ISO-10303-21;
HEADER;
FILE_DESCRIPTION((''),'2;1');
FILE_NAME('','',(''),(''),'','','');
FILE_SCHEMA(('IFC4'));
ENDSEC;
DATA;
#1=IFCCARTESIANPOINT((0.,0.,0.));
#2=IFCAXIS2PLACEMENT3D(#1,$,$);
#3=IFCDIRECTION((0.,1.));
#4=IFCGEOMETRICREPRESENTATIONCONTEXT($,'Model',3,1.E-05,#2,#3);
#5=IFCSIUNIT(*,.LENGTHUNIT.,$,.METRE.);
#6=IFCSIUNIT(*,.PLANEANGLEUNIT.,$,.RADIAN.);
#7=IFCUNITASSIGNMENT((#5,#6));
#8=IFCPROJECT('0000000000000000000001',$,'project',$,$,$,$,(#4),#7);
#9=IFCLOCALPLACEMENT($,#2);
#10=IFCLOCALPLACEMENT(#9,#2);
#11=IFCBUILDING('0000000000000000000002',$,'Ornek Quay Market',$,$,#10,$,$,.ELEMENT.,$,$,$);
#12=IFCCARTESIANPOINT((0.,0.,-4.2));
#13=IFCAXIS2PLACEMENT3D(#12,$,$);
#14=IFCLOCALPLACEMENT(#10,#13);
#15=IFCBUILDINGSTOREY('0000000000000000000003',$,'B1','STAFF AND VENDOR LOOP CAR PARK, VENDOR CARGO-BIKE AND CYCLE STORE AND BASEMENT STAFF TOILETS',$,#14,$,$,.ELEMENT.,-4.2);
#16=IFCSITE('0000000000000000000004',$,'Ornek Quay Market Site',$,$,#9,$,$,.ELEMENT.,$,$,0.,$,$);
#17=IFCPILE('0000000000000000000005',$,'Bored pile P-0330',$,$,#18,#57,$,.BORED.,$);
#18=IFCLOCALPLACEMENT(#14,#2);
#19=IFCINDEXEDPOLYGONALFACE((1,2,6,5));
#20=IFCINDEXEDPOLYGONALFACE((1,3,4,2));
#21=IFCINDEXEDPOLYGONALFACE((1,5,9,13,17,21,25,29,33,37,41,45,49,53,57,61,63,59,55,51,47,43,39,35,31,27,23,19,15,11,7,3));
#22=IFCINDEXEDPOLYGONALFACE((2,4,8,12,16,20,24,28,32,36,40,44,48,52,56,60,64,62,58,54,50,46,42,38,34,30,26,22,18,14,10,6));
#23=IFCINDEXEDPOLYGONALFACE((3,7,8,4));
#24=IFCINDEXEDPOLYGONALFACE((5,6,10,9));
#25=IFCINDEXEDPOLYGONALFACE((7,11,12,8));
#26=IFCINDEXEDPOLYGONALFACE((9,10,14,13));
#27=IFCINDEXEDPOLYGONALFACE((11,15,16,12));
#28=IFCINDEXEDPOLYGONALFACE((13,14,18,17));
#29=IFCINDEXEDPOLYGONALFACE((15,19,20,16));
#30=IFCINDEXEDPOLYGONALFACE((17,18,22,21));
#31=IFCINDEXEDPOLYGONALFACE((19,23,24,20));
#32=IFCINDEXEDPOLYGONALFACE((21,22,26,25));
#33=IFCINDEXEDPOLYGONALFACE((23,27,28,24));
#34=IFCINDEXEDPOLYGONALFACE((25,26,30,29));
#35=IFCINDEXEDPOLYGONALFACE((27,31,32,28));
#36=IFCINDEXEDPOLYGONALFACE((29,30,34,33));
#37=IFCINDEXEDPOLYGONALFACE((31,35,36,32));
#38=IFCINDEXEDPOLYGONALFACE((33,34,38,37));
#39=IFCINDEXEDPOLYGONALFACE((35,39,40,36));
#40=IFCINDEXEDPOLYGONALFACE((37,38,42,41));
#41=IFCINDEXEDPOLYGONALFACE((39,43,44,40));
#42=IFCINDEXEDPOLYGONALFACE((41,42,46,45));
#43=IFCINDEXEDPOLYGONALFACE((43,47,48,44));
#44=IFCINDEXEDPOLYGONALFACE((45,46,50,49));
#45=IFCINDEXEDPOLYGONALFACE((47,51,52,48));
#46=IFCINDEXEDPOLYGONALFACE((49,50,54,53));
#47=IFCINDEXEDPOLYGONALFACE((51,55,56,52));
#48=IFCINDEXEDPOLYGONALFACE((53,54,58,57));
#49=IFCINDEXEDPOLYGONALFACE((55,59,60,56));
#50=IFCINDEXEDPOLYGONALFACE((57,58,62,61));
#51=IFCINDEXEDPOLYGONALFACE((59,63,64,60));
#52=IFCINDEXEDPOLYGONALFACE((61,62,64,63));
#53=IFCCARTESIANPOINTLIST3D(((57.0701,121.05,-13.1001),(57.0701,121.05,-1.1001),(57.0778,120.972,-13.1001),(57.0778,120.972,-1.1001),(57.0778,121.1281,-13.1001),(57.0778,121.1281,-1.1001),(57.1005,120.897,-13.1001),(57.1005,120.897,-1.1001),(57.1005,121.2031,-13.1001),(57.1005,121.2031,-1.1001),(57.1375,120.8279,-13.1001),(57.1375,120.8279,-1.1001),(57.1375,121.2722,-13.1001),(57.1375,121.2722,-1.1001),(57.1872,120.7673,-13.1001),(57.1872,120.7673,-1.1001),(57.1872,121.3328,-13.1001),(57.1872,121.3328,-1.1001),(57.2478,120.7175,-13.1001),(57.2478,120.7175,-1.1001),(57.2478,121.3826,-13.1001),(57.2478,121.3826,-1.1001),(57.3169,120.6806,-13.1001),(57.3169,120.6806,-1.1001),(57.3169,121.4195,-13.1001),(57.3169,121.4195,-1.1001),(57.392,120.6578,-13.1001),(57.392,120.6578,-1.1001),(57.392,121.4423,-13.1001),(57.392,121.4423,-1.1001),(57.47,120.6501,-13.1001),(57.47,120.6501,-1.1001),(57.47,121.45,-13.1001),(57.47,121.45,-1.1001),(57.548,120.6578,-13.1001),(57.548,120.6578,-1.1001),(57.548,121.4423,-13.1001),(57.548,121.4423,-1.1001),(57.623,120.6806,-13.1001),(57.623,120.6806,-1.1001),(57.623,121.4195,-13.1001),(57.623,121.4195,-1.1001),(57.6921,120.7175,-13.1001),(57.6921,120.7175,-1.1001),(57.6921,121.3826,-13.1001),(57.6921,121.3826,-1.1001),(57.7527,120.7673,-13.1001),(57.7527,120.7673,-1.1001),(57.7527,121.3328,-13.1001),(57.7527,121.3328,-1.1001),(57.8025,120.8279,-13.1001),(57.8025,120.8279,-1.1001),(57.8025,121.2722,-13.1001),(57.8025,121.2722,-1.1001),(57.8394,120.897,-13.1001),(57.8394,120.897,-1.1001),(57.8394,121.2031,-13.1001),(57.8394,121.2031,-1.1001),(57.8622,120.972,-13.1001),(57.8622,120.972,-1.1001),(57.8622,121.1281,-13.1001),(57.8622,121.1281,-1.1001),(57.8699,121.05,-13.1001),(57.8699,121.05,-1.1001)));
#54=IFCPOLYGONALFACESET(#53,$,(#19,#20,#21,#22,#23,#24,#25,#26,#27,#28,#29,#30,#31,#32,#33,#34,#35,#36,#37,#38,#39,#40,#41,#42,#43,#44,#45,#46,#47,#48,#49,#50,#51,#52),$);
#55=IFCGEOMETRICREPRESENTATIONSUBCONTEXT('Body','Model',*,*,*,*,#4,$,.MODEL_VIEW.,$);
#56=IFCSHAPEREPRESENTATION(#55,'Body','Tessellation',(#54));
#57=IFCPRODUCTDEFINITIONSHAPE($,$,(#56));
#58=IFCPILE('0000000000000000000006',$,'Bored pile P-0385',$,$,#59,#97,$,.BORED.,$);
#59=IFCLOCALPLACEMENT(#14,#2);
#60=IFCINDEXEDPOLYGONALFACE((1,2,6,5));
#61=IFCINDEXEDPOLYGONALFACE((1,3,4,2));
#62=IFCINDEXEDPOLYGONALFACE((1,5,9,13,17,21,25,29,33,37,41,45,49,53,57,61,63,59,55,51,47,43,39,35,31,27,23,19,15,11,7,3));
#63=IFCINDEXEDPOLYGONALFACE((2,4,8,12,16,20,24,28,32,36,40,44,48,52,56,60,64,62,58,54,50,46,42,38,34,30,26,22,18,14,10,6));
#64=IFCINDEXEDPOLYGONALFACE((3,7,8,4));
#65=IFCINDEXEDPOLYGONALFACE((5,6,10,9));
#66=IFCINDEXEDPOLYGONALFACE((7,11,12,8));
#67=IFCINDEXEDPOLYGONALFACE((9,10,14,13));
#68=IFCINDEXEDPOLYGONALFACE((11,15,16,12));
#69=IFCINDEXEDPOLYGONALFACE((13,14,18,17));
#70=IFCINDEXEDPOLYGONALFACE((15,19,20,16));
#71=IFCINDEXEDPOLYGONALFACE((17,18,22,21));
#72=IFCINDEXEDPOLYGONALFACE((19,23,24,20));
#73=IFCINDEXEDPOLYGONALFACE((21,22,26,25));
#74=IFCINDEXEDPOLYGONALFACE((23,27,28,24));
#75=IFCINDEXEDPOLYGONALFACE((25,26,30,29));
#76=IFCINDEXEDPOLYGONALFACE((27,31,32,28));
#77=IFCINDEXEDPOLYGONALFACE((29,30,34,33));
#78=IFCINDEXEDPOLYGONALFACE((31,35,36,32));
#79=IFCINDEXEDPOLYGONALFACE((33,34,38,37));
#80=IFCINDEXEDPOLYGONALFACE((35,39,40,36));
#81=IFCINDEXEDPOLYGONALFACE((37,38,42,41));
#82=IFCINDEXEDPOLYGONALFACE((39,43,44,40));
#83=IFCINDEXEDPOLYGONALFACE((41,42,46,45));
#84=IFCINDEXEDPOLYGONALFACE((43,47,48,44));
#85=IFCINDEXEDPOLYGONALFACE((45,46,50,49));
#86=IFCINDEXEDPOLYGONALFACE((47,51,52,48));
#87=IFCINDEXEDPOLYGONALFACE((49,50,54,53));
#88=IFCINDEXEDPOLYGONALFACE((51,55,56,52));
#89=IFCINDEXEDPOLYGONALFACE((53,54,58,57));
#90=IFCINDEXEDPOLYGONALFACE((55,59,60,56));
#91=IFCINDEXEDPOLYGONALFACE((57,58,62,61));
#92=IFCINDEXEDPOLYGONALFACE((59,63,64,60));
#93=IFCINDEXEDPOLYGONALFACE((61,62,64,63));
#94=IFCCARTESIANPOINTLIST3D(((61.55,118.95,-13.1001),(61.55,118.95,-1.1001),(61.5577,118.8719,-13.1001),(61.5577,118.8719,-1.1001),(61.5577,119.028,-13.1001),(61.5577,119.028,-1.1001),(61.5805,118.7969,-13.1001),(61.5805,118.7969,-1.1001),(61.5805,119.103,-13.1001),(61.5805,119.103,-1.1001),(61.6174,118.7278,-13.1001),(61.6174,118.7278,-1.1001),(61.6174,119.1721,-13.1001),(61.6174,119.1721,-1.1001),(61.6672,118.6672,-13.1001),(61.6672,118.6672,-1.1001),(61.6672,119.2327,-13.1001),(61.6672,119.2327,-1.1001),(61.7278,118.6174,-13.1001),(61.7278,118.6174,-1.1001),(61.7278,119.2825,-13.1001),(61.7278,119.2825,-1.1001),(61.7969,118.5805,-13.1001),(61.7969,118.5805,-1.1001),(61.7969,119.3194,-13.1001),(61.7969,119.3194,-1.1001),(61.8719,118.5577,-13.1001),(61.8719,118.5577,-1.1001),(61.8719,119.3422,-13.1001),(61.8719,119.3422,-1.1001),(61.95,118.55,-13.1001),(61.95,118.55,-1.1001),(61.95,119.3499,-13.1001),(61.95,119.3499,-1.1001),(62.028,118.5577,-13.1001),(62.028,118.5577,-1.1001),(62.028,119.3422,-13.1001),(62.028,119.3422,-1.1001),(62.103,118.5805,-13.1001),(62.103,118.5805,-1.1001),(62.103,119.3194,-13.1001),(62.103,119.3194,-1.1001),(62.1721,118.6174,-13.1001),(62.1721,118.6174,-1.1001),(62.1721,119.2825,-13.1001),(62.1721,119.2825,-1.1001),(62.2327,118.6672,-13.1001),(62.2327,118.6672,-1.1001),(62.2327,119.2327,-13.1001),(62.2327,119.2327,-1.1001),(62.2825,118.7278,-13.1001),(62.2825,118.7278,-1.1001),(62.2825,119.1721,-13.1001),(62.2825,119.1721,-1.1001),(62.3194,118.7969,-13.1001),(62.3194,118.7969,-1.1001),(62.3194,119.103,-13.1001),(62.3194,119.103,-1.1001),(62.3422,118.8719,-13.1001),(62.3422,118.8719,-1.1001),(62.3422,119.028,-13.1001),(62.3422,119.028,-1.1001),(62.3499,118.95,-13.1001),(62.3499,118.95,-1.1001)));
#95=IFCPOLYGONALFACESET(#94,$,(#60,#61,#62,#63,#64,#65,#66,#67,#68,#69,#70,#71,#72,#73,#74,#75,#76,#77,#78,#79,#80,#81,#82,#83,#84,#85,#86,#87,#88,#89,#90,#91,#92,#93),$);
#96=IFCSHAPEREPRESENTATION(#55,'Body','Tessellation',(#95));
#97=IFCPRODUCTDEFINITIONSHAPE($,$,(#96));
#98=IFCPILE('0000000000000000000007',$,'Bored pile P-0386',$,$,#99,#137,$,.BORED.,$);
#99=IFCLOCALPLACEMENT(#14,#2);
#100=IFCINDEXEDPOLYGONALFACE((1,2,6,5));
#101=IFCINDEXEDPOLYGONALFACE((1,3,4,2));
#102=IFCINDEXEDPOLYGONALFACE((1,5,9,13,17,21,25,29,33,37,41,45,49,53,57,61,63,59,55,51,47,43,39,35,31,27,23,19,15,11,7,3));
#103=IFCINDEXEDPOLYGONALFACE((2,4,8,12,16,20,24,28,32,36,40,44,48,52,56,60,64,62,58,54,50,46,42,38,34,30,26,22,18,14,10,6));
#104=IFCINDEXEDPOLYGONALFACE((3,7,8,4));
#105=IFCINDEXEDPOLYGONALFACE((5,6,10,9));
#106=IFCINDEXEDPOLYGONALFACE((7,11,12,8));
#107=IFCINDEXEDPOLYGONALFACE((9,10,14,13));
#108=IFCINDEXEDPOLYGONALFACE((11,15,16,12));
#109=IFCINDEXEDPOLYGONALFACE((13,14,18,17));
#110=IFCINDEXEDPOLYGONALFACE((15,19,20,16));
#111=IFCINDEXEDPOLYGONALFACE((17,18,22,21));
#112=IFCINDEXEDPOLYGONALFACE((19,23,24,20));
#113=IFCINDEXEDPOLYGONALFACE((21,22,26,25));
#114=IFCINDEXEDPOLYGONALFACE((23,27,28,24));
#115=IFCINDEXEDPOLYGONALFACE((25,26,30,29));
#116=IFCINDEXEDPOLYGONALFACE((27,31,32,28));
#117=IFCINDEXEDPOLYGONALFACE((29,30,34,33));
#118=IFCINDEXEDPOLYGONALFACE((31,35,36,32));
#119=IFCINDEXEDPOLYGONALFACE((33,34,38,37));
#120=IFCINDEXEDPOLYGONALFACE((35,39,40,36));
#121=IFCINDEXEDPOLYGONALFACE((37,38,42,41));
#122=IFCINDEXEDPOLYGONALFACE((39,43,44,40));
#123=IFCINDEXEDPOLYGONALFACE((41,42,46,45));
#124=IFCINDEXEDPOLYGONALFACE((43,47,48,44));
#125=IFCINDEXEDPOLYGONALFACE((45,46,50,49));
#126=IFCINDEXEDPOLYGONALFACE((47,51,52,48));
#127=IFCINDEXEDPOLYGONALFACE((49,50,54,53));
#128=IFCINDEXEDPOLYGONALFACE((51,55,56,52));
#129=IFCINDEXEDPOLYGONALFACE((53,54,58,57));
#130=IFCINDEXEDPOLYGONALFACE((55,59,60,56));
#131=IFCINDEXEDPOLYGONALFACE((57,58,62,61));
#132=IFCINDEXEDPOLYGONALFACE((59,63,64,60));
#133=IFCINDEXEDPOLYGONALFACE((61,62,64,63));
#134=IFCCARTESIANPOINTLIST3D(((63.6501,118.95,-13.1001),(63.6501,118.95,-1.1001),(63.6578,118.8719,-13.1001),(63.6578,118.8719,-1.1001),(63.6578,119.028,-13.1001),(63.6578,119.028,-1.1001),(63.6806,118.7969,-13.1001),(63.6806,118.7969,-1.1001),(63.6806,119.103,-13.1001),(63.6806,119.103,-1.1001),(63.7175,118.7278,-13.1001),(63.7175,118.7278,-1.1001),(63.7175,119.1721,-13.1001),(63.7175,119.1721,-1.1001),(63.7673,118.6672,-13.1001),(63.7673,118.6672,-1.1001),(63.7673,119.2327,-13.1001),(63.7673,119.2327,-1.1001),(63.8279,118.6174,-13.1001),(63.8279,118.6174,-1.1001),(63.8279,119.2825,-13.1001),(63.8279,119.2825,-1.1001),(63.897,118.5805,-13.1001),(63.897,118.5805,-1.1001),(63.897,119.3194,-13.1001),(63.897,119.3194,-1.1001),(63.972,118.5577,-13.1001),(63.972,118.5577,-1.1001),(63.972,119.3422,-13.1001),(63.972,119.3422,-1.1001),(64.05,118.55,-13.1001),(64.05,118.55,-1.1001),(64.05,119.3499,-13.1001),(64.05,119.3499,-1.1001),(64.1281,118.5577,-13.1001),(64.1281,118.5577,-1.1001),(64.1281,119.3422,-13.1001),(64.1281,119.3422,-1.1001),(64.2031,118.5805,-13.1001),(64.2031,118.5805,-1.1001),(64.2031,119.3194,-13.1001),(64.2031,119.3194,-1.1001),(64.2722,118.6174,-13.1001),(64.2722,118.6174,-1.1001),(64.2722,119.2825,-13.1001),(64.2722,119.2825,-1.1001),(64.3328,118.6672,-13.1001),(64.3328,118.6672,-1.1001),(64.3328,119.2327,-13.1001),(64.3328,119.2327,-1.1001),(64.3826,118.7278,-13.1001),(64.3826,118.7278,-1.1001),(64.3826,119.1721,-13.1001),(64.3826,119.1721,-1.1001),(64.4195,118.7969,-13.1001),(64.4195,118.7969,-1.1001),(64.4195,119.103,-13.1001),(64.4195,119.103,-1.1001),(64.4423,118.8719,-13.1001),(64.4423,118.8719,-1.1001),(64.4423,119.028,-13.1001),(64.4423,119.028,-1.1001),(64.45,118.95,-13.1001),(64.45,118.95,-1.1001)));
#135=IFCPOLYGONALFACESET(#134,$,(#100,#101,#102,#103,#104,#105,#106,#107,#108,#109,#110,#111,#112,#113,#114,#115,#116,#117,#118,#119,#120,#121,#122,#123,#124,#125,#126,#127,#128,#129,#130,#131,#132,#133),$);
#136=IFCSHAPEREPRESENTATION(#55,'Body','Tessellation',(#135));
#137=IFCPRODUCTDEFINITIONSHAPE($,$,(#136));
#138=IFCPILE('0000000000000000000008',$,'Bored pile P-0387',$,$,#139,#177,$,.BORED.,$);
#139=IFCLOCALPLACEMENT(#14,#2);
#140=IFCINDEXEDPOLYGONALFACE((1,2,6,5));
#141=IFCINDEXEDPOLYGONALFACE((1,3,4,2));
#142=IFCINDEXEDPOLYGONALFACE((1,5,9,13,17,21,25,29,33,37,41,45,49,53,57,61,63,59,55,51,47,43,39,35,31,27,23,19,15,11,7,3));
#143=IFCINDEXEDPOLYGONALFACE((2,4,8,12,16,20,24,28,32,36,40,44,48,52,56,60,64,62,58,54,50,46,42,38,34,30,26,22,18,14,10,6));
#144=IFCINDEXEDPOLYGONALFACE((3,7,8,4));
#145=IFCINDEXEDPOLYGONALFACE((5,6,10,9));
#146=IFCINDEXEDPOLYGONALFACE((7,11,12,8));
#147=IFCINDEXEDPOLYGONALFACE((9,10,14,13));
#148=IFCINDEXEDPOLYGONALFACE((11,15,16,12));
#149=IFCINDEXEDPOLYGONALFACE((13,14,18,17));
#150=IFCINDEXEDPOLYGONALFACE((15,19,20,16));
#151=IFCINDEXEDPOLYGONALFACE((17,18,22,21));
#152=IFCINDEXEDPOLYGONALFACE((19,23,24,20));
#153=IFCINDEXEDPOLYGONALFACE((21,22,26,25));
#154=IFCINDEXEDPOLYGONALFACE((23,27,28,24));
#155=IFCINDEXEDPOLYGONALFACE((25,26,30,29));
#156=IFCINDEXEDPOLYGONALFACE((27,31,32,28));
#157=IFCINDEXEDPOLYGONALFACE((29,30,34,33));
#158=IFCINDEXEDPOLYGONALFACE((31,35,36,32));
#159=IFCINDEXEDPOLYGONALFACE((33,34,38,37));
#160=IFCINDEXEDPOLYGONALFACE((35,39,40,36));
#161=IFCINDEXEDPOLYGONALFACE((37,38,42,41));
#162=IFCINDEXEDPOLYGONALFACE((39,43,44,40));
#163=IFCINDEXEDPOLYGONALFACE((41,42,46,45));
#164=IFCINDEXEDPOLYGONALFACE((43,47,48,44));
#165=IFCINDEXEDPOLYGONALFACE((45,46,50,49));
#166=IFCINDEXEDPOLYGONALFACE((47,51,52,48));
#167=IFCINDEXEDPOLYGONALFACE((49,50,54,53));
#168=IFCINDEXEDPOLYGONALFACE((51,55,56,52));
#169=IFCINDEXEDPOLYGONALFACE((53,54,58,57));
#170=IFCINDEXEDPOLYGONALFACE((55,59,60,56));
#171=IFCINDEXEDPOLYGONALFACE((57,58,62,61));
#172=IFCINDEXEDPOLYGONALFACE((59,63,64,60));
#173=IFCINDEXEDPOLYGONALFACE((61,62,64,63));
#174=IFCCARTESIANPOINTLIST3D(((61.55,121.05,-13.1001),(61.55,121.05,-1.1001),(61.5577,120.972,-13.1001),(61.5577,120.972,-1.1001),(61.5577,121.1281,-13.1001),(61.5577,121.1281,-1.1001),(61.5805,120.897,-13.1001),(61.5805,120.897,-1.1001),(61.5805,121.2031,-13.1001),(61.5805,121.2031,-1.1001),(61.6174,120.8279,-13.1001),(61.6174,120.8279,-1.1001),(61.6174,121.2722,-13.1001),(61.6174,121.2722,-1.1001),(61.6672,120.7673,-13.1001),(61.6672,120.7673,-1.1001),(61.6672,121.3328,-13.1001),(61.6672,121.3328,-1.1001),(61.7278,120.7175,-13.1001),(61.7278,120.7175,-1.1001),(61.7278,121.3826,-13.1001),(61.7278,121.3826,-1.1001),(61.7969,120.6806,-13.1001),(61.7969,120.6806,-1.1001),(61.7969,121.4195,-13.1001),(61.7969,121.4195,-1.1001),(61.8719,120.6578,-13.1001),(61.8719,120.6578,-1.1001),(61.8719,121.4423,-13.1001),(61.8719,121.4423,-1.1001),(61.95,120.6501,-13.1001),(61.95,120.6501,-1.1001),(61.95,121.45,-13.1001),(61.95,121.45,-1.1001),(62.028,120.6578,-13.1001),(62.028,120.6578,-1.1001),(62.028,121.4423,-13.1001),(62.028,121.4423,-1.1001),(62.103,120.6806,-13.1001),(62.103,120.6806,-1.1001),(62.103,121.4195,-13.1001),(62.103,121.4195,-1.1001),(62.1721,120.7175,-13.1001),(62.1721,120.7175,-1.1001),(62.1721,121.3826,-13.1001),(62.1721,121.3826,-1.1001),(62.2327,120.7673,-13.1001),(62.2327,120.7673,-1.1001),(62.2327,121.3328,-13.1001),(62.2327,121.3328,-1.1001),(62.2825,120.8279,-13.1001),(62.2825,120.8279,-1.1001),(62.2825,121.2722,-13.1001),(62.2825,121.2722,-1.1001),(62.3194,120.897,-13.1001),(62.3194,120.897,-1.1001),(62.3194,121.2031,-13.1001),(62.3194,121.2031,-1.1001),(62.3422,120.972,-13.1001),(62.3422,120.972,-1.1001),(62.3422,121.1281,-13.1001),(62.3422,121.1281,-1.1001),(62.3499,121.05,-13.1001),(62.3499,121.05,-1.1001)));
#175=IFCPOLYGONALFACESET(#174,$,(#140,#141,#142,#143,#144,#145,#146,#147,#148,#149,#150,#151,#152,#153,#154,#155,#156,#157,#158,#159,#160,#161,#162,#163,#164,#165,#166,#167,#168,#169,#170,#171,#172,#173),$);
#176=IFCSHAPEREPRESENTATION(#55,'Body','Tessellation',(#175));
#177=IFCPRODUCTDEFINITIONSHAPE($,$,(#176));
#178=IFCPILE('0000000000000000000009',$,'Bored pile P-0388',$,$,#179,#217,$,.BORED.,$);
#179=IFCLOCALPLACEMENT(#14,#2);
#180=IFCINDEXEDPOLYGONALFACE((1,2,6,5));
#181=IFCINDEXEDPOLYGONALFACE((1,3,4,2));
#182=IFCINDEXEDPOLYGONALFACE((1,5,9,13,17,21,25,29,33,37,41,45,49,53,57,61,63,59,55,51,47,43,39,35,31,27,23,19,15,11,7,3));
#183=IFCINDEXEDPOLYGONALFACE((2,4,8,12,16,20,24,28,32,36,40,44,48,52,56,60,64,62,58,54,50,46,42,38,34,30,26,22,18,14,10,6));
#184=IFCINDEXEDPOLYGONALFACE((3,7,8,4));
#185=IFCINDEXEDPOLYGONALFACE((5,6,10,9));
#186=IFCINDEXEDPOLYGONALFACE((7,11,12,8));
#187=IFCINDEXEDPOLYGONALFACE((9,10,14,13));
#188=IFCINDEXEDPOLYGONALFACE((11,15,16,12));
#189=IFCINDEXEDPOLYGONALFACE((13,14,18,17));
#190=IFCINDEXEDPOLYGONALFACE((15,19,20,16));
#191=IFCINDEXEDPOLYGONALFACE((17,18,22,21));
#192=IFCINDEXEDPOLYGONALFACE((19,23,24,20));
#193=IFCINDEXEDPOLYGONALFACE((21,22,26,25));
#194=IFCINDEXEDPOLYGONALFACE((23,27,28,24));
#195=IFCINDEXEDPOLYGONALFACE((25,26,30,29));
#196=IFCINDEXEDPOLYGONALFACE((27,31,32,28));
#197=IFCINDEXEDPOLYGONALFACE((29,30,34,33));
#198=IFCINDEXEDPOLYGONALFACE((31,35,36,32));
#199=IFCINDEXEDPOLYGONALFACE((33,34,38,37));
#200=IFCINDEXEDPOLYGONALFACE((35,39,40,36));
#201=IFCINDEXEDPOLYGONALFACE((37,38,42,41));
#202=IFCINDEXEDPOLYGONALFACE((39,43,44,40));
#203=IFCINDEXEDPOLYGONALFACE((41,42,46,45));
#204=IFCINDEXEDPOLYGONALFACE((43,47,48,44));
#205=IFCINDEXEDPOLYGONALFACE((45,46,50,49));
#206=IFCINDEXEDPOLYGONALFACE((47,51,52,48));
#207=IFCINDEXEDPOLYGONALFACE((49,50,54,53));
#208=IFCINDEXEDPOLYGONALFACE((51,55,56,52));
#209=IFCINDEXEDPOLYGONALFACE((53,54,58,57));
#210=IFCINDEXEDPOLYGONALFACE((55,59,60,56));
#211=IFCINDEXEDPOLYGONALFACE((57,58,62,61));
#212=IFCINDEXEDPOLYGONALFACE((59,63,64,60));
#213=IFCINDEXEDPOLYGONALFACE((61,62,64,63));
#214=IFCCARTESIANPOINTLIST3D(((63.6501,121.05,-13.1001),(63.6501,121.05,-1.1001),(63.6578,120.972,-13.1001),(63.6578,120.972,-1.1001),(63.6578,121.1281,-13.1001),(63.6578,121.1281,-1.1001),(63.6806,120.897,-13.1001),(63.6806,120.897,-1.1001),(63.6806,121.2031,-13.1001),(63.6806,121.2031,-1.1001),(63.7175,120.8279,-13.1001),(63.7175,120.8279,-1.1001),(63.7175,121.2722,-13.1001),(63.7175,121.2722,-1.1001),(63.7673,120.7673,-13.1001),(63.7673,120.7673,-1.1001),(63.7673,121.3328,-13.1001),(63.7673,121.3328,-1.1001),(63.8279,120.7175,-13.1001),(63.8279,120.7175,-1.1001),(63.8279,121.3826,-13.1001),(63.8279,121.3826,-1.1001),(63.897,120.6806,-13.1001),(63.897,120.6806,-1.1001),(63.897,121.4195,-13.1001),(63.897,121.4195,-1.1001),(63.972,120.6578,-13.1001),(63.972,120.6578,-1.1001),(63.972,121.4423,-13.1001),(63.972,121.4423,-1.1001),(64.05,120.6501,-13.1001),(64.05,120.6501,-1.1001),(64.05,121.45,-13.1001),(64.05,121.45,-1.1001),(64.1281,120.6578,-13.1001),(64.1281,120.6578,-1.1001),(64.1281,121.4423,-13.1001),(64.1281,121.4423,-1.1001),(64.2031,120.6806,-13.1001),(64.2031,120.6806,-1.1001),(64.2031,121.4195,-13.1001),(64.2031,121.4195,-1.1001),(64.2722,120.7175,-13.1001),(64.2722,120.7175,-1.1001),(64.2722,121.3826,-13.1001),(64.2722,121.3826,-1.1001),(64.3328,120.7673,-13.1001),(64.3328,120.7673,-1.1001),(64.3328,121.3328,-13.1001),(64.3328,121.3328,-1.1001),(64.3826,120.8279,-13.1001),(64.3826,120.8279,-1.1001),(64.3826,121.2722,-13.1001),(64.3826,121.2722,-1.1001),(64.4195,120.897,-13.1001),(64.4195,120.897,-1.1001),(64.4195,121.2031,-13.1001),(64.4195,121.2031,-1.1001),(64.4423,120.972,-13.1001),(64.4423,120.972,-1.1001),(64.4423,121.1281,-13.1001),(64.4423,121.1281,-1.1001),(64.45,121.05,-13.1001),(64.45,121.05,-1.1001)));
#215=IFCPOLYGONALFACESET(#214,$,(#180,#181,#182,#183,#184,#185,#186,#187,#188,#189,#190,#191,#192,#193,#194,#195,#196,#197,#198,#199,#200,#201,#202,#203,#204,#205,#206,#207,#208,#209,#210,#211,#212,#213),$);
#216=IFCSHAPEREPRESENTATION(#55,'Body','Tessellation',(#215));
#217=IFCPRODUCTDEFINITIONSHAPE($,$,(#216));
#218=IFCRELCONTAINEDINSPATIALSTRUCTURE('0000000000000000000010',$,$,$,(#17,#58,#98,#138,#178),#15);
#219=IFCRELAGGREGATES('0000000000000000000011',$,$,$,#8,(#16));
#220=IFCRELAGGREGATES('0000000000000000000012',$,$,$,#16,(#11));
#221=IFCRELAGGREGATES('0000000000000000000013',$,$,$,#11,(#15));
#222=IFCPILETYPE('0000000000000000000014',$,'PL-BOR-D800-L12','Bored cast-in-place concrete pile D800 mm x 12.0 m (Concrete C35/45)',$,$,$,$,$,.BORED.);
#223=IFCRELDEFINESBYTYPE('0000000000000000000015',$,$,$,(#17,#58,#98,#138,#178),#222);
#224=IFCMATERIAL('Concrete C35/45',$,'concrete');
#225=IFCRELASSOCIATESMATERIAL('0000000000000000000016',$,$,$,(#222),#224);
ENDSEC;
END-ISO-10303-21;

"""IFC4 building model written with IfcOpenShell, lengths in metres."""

from ifc_helpers import new_model, si_unit, direction, frame, origin, origin_2d, place, context, subcontext, project, spatial, circle, extrude, material, material_profile, profile_set, type_object, element, save


model = new_model("IFC4")

# Units and contexts
model_context = context("Model", 3, precision=1e-05, world=origin(), true_north=direction((0.0, 1.0)))
body_context = subcontext(model_context, "Body", "Model", "MODEL_VIEW")
ifc_project = project(units=[si_unit("LENGTHUNIT", "METRE"), si_unit("PLANEANGLEUNIT", "RADIAN")], contexts=[model_context])

# Site, building, storey
site_placement = place(None, origin())
site = spatial("IfcSite", under=ifc_project, at=site_placement, Name="Ornek Quay Market Site", CompositionType="ELEMENT", RefElevation=0.0)
building_placement = place(site_placement, origin())
building = spatial("IfcBuilding", under=site, at=building_placement, Name="Ornek Quay Market", CompositionType="ELEMENT")
storey_placement = place(building_placement, frame((0.0, 0.0, -4.2)))
storey = spatial("IfcBuildingStorey", under=building, at=storey_placement, Name="B1", Description="STAFF AND VENDOR LOOP CAR PARK, VENDOR CARGO-BIKE AND CYCLE STORE AND BASEMENT STAFF TOILETS", CompositionType="ELEMENT", Elevation=-4.2)

# Piles
ifc_material_1 = material(Name="Concrete C35/45", Category="concrete")
ifc_material_profile_1 = material_profile(ifc_material_1, circle(Radius=0.3999, at=origin_2d()), Name="PILE D800", Category="concrete")
ifc_profile_set_1 = profile_set([ifc_material_profile_1], Name="Concrete C35/45")
pile_type_1 = type_object("IfcPileType", Name="PL-BOR-D800-L12", Description="Bored cast-in-place concrete pile D800 mm x 12.0 m (Concrete C35/45)", PredefinedType="BORED", material=ifc_profile_set_1)
for number, where, z_axis, x_axis, name in (
    (1, (57.47, 121.05, -1.1001), (0.0, 0.0, -1.0), (1.0, 0.0, 0.0), "Bored pile P-0330"),
    (2, (61.95, 118.95, -1.1001), (0.0, 0.0, -1.0), (1.0, 0.0, 0.0), "Bored pile P-0385"),
    (3, (64.05, 118.95, -1.1001), (0.0, 0.0, -1.0), (1.0, 0.0, 0.0), "Bored pile P-0386"),
    (4, (61.95, 121.05, -1.1001), (0.0, 0.0, -1.0), (1.0, 0.0, 0.0), "Bored pile P-0387"),
    (5, (64.05, 121.05, -1.1001), (0.0, 0.0, -1.0), (1.0, 0.0, 0.0), "Bored pile P-0388"),
):
    element("IfcPile", number, at=place(storey_placement, frame(where, z_axis=z_axis, x_axis=x_axis)), inside=storey, type_object=pile_type_1, Name=name, PredefinedType="BORED", context=body_context, shape_type="SweptSolid", body=[
        extrude(circle(Radius=0.3999, at=origin_2d()), origin(), (0.0, 0.0, 1.0), 12.0),
    ])

save(model, "model.ifc")
